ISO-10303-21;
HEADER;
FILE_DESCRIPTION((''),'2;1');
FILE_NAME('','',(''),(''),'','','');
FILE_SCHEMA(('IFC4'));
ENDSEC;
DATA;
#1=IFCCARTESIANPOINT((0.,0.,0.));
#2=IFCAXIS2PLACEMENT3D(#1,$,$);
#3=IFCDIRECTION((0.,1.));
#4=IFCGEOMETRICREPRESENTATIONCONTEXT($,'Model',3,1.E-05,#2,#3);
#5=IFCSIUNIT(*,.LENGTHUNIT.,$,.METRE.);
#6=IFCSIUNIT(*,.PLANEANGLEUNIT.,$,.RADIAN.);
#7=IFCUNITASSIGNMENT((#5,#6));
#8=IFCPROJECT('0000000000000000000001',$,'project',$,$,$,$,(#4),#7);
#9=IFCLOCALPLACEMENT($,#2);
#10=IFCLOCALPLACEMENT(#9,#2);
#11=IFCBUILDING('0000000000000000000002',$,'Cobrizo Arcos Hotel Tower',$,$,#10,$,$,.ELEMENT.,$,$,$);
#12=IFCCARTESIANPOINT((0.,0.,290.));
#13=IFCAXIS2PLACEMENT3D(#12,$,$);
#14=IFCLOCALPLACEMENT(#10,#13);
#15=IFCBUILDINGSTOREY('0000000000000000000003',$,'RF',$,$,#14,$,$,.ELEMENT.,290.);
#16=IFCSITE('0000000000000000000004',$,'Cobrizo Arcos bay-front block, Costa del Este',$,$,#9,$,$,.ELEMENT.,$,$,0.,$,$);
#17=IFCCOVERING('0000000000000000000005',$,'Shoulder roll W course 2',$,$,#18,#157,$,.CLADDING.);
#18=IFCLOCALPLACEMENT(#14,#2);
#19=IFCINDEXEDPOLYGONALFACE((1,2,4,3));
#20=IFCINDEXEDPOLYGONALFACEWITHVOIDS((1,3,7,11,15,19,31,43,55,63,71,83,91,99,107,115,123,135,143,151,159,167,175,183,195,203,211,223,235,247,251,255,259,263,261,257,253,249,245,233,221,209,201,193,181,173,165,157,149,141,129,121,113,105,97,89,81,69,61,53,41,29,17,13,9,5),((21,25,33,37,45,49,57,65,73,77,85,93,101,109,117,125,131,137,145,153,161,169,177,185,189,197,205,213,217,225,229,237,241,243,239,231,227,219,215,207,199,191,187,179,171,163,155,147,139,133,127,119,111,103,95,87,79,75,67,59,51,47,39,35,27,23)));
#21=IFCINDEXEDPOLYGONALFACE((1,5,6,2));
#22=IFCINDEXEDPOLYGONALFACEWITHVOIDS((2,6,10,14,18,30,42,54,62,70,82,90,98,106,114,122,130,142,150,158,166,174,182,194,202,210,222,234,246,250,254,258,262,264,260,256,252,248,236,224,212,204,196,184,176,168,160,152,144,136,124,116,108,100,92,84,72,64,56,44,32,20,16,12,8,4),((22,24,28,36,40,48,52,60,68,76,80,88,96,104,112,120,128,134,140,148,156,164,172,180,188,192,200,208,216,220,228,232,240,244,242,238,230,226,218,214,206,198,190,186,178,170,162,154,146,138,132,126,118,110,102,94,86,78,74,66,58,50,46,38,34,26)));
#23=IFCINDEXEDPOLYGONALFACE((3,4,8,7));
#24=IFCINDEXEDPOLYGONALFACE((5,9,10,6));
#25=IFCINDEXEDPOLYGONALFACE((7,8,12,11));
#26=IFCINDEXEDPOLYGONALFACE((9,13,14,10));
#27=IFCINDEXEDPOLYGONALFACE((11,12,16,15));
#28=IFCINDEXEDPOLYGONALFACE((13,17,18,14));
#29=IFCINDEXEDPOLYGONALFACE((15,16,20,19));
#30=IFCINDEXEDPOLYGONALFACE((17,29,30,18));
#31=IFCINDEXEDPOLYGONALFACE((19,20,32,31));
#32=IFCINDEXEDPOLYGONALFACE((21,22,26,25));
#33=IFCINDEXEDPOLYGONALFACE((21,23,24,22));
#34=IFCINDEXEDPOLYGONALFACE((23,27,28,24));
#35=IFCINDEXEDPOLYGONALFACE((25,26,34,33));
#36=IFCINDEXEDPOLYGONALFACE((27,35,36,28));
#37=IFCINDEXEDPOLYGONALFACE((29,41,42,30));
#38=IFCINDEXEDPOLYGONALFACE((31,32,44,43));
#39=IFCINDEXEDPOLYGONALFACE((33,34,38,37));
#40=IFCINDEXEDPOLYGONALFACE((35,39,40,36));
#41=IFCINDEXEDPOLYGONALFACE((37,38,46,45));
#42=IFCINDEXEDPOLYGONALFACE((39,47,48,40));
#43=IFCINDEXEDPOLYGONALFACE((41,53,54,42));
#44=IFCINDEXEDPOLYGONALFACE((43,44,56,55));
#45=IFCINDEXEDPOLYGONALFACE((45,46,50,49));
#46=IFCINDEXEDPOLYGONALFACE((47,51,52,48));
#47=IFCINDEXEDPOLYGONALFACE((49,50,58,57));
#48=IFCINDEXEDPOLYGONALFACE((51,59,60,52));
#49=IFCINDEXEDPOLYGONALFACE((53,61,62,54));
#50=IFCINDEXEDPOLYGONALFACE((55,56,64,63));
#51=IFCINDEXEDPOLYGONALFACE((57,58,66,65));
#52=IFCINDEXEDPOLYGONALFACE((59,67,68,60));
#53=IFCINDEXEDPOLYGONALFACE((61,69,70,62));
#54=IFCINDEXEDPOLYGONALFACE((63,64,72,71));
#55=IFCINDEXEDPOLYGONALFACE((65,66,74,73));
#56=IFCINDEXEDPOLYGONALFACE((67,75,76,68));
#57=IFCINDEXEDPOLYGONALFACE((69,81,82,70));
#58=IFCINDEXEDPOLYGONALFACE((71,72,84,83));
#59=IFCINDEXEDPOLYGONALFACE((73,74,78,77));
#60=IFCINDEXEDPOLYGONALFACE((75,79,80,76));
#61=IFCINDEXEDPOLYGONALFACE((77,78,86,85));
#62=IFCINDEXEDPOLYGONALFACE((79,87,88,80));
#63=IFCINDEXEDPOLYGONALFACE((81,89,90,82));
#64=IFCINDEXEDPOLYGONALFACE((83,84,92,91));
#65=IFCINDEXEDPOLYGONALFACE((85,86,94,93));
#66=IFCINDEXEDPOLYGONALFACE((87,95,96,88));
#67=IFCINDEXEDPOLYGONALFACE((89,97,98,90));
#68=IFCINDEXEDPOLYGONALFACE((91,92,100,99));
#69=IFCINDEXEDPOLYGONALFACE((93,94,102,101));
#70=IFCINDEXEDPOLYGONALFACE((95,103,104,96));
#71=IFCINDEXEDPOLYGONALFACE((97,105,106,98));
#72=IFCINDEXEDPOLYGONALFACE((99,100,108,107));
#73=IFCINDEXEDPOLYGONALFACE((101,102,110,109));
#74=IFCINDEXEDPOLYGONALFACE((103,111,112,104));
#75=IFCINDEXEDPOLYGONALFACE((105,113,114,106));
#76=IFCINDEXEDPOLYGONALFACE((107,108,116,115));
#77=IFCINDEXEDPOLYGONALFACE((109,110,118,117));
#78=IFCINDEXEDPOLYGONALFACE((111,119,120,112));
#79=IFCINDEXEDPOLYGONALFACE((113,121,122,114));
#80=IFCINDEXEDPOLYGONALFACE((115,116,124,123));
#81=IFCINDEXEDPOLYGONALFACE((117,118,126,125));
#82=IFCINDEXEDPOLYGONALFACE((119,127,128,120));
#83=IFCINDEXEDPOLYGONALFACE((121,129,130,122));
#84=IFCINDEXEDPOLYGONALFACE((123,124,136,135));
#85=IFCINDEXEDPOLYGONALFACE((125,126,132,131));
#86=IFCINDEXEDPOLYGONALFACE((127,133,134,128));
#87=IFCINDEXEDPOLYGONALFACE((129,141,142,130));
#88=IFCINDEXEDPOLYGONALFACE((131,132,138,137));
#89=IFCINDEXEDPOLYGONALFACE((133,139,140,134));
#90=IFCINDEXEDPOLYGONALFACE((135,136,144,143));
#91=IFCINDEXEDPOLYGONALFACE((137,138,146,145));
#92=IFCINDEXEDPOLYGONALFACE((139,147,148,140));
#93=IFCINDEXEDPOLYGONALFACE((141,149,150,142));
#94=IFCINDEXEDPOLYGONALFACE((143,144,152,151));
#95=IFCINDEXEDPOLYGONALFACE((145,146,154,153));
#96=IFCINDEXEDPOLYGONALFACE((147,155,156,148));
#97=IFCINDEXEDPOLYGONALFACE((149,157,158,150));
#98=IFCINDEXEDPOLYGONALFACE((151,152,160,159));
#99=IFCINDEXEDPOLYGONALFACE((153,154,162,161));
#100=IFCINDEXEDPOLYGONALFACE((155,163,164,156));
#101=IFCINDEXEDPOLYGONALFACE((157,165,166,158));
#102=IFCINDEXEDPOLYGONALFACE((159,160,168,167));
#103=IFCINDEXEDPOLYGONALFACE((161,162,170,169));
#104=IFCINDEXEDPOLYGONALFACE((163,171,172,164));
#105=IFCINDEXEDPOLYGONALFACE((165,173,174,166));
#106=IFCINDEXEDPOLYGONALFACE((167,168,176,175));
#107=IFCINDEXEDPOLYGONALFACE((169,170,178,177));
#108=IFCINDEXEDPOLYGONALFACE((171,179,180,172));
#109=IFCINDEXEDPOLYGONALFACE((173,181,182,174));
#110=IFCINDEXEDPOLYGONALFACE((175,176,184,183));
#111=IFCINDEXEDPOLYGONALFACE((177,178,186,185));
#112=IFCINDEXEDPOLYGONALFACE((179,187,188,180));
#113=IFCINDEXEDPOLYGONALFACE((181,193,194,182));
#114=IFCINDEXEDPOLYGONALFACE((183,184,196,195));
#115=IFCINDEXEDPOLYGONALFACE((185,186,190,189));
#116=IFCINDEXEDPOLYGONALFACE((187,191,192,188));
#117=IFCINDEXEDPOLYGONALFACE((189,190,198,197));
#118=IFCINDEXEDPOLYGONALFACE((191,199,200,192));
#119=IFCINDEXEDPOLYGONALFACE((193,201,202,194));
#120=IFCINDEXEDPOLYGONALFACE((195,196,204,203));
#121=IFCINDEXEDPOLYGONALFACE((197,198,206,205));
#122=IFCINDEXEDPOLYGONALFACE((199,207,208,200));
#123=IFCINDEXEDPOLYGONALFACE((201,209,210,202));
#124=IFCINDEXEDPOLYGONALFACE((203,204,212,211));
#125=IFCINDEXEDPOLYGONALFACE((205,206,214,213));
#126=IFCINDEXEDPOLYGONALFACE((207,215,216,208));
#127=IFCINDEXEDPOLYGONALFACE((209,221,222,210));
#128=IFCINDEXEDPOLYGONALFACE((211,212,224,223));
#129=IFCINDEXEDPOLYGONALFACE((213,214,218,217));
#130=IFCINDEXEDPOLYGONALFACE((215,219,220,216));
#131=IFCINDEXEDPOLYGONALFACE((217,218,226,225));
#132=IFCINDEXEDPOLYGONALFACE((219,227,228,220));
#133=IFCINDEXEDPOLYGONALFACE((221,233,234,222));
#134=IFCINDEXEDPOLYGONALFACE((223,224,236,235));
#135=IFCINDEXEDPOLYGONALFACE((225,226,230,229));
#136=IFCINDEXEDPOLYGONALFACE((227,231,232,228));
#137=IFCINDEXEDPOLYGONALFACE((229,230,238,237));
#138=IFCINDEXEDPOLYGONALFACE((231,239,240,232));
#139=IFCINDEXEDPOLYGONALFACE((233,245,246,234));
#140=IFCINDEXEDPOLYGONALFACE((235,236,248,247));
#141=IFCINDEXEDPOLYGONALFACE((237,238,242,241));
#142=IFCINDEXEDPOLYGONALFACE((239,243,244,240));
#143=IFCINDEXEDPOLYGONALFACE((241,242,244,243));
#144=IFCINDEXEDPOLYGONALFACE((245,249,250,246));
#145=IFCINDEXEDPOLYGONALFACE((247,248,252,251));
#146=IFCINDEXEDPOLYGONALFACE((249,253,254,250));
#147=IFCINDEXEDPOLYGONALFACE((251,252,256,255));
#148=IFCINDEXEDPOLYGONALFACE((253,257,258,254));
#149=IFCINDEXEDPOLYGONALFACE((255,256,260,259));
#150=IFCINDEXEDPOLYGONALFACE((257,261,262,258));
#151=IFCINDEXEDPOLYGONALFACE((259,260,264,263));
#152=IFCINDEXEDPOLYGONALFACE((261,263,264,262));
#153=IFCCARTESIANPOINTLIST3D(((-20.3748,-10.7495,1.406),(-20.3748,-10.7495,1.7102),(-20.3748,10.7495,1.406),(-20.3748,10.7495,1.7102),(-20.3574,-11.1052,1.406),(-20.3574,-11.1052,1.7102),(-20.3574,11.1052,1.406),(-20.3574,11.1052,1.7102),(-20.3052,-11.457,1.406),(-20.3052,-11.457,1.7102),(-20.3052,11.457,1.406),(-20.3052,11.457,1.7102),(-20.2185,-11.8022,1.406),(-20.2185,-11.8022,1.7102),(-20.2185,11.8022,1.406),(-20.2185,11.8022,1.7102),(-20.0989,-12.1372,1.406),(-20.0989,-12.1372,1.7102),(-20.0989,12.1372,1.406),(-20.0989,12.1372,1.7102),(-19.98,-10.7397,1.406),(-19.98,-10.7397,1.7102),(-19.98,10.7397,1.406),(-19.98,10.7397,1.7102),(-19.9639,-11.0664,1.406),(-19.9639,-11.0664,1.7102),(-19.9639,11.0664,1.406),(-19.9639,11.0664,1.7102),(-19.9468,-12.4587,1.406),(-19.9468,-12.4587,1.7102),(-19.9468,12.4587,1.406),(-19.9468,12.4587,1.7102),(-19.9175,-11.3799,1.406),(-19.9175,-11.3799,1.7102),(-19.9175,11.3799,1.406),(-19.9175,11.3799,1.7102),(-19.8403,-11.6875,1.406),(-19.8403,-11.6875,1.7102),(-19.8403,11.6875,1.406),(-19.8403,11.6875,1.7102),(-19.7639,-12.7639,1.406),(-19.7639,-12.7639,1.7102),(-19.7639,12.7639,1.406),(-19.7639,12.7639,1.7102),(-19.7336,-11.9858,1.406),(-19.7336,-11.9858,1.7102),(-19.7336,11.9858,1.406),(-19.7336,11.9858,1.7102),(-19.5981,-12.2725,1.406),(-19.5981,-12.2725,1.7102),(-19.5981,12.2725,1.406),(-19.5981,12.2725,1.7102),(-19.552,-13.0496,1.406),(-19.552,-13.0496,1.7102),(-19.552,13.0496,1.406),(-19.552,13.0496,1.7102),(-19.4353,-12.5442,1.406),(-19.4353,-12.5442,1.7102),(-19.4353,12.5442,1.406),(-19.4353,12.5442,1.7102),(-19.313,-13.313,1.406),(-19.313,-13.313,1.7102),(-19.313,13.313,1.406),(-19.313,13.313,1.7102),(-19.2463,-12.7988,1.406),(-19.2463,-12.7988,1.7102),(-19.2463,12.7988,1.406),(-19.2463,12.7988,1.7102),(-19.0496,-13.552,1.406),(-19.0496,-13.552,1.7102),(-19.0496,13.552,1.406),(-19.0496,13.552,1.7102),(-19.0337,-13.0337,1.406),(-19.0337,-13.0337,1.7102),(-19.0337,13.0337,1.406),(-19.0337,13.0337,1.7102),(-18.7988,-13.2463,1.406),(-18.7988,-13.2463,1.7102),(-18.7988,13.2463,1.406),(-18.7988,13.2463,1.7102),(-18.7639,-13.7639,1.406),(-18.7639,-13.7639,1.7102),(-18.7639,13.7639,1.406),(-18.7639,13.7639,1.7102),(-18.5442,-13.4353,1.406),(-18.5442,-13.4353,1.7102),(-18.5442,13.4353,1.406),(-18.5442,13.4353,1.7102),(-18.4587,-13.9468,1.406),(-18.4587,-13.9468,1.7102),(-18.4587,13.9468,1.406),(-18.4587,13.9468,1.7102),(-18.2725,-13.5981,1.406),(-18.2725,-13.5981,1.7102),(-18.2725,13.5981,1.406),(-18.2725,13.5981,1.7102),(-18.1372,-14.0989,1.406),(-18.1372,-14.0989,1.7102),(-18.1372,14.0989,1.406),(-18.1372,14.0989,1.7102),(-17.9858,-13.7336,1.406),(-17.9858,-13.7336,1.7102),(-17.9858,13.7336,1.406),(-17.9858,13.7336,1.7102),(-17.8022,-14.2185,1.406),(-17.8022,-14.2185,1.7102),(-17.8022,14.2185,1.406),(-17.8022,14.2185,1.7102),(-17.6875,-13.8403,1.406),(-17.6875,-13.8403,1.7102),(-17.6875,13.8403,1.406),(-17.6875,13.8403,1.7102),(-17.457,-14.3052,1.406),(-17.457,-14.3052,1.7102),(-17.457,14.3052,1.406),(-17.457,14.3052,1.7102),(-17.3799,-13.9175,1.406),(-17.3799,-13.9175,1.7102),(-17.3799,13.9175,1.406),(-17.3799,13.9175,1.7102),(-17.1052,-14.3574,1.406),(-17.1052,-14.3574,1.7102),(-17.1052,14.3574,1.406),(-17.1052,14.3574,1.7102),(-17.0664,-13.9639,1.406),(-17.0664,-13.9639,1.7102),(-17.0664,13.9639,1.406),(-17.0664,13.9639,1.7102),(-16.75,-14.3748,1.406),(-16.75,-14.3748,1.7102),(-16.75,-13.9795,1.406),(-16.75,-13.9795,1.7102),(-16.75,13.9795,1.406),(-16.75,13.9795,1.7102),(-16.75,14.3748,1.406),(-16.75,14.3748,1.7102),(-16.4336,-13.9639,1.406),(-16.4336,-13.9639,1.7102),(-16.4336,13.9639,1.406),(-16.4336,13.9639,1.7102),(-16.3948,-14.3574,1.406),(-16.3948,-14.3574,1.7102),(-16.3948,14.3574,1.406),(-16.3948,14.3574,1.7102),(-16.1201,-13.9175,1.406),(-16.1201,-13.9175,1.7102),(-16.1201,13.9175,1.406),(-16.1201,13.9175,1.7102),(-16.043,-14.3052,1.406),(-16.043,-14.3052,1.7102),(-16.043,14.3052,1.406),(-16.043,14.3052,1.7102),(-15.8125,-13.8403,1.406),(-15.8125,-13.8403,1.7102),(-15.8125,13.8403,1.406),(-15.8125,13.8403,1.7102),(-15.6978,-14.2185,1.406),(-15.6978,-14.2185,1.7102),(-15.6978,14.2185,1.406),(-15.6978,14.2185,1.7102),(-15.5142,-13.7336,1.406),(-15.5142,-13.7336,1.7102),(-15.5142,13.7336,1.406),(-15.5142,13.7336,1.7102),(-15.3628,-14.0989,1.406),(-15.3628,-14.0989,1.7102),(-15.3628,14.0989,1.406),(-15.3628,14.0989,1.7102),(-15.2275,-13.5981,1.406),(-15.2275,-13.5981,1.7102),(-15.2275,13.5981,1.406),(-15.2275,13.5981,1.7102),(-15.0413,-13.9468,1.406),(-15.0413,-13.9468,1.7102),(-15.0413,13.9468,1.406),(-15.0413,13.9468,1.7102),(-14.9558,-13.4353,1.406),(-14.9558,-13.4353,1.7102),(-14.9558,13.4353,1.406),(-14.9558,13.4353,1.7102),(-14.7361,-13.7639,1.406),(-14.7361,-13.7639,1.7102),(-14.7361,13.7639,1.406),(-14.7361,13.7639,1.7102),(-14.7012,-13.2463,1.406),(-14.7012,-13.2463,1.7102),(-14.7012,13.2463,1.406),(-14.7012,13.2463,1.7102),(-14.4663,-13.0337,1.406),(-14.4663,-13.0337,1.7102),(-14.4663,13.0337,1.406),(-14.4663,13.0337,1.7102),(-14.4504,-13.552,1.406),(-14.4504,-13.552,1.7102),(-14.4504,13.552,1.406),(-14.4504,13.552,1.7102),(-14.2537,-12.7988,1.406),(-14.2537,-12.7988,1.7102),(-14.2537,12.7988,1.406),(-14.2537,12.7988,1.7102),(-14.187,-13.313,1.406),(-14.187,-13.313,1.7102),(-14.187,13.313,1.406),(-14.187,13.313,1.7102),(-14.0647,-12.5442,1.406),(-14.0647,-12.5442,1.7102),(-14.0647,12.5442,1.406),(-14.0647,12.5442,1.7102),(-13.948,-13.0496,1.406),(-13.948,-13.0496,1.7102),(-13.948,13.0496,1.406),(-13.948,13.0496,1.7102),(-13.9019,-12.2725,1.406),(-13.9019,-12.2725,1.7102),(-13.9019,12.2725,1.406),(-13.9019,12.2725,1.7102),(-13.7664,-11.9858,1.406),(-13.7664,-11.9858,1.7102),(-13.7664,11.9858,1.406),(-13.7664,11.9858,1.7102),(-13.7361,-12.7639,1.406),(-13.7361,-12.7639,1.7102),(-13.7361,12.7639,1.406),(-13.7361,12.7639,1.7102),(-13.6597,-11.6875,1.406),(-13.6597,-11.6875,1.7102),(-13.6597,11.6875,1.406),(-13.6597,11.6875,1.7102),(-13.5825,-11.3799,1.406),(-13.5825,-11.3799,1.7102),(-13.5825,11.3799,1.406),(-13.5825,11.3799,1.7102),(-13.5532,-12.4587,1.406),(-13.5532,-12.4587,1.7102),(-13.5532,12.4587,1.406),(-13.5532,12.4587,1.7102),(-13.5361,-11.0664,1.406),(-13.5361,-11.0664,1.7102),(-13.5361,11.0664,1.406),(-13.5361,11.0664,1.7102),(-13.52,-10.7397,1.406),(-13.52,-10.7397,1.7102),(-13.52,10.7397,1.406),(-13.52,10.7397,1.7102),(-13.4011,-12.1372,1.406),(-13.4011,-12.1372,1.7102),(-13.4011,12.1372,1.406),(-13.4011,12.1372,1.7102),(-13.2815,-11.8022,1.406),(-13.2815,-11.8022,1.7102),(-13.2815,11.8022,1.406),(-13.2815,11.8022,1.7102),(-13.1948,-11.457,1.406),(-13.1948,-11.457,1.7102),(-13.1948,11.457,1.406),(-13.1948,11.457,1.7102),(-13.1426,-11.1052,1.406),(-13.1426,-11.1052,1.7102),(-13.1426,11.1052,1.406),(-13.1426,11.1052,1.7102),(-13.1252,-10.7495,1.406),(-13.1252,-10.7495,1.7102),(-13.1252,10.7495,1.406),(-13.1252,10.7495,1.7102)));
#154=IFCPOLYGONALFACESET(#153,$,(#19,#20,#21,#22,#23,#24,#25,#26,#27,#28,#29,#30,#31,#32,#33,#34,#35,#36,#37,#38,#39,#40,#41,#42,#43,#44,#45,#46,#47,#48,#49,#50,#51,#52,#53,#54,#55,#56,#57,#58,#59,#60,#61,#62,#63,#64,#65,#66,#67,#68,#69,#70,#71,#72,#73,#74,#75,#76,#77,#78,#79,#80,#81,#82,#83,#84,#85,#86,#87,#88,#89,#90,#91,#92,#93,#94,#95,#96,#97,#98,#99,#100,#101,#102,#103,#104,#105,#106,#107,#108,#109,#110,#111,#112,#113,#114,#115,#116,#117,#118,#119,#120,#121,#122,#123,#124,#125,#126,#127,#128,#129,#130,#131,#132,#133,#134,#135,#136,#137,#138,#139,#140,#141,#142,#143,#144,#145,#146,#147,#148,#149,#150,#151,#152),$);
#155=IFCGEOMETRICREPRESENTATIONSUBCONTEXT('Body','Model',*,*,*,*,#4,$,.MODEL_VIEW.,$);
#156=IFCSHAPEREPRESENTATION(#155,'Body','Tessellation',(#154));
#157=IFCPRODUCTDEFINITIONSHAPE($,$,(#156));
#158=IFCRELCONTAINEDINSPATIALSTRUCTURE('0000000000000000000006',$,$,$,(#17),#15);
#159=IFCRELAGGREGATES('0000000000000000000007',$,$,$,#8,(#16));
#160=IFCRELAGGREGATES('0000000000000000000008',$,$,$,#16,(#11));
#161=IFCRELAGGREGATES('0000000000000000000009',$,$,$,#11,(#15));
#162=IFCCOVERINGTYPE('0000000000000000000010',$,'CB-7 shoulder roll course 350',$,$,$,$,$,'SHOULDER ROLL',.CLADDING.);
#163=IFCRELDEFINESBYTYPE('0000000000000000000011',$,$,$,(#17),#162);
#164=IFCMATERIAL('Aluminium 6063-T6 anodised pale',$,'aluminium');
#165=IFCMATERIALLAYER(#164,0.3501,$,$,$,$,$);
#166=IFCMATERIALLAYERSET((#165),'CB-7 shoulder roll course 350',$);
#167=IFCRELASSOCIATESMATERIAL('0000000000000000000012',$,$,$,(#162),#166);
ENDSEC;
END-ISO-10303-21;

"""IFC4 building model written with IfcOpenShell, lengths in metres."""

from ifc_helpers import new_model, si_unit, direction, frame, origin, place, context, subcontext, project, spatial, polyline, outline, extrude, material, layer, layer_set, type_object, element, save


model = new_model("IFC4")

# Units and contexts
model_context = context("Model", 3, precision=1e-05, world=origin(), true_north=direction((0.0, 1.0)))
body_context = subcontext(model_context, "Body", "Model", "MODEL_VIEW")
ifc_project = project(units=[si_unit("LENGTHUNIT", "METRE"), si_unit("PLANEANGLEUNIT", "RADIAN")], contexts=[model_context])

# Site, building, storey
site_placement = place(None, origin())
site = spatial("IfcSite", under=ifc_project, at=site_placement, Name="Cobrizo Arcos bay-front block, Costa del Este", CompositionType="ELEMENT", RefElevation=0.0)
building_placement = place(site_placement, origin())
building = spatial("IfcBuilding", under=site, at=building_placement, Name="Cobrizo Arcos Hotel Tower", CompositionType="ELEMENT")
storey_placement = place(building_placement, frame((0.0, 0.0, 290.0)))
storey = spatial("IfcBuildingStorey", under=building, at=storey_placement, Name="RF", CompositionType="ELEMENT", Elevation=290.0)

# Covering
ifc_material_1 = material(Name="Aluminium 6063-T6 anodised pale", Category="aluminium")
ifc_layer_1 = layer(ifc_material_1, 0.3501)
ifc_layer_set_1 = layer_set([ifc_layer_1], Name="CB-7 shoulder roll course 350")
covering_type_1 = type_object("IfcCoveringType", Name="CB-7 shoulder roll course 350", ElementType="SHOULDER ROLL", PredefinedType="CLADDING", material=ifc_layer_set_1)
covering_1_placement = place(storey_placement, frame((0.0, 0.0, 1.406)))
element("IfcCovering", 1, at=covering_1_placement, inside=storey, type_object=covering_type_1, Name="Shoulder roll W course 2", PredefinedType="CLADDING", context=body_context, shape_type="SweptSolid", body=[
    extrude(outline(polyline([(-20.3748, 10.7495), (-20.3574, 11.1052), (-20.3052, 11.457), (-20.2185, 11.8022), (-20.0989, 12.1372), (-19.9468, 12.4587), (-19.7639, 12.7639), (-19.552, 13.0496), (-19.313, 13.313), (-19.0496, 13.552), (-18.7639, 13.7639), (-18.4587, 13.9468), (-18.1372, 14.0989), (-17.8022, 14.2185), (-17.457, 14.3052), (-17.1052, 14.3574), (-16.75, 14.3748), (-16.3948, 14.3574), (-16.043, 14.3052), (-15.6978, 14.2185), (-15.3628, 14.0989), (-15.0413, 13.9468), (-14.7361, 13.7639), (-14.4504, 13.552), (-14.187, 13.313), (-13.948, 13.0496), (-13.7361, 12.7639), (-13.5532, 12.4587), (-13.4011, 12.1372), (-13.2815, 11.8022), (-13.1948, 11.457), (-13.1426, 11.1052), (-13.1252, 10.7495), (-13.1252, -10.7495), (-13.1426, -11.1052), (-13.1948, -11.457), (-13.2815, -11.8022), (-13.4011, -12.1372), (-13.5532, -12.4587), (-13.7361, -12.7639), (-13.948, -13.0496), (-14.187, -13.313), (-14.4504, -13.552), (-14.7361, -13.7639), (-15.0413, -13.9468), (-15.3628, -14.0989), (-15.6978, -14.2185), (-16.043, -14.3052), (-16.3948, -14.3574), (-16.75, -14.3748), (-17.1052, -14.3574), (-17.457, -14.3052), (-17.8022, -14.2185), (-18.1372, -14.0989), (-18.4587, -13.9468), (-18.7639, -13.7639), (-19.0496, -13.552), (-19.313, -13.313), (-19.552, -13.0496), (-19.7639, -12.7639), (-19.9468, -12.4587), (-20.0989, -12.1372), (-20.2185, -11.8022), (-20.3052, -11.457), (-20.3574, -11.1052), (-20.3748, -10.7495), (-20.3748, 10.7495)]), holes=[polyline([(-19.98, 10.7397), (-19.9639, 11.0664), (-19.9175, 11.3799), (-19.8403, 11.6875), (-19.7336, 11.9858), (-19.5981, 12.2725), (-19.4353, 12.5442), (-19.2463, 12.7988), (-19.0337, 13.0337), (-18.7988, 13.2463), (-18.5442, 13.4353), (-18.2725, 13.5981), (-17.9858, 13.7336), (-17.6875, 13.8403), (-17.3799, 13.9175), (-17.0664, 13.9639), (-16.75, 13.9795), (-16.4336, 13.9639), (-16.1201, 13.9175), (-15.8125, 13.8403), (-15.5142, 13.7336), (-15.2275, 13.5981), (-14.9558, 13.4353), (-14.7012, 13.2463), (-14.4663, 13.0337), (-14.2537, 12.7988), (-14.0647, 12.5442), (-13.9019, 12.2725), (-13.7664, 11.9858), (-13.6597, 11.6875), (-13.5825, 11.3799), (-13.5361, 11.0664), (-13.52, 10.7397), (-13.52, -10.7397), (-13.5361, -11.0664), (-13.5825, -11.3799), (-13.6597, -11.6875), (-13.7664, -11.9858), (-13.9019, -12.2725), (-14.0647, -12.5442), (-14.2537, -12.7988), (-14.4663, -13.0337), (-14.7012, -13.2463), (-14.9558, -13.4353), (-15.2275, -13.5981), (-15.5142, -13.7336), (-15.8125, -13.8403), (-16.1201, -13.9175), (-16.4336, -13.9639), (-16.75, -13.9795), (-17.0664, -13.9639), (-17.3799, -13.9175), (-17.6875, -13.8403), (-17.9858, -13.7336), (-18.2725, -13.5981), (-18.5442, -13.4353), (-18.7988, -13.2463), (-19.0337, -13.0337), (-19.2463, -12.7988), (-19.4353, -12.5442), (-19.5981, -12.2725), (-19.7336, -11.9858), (-19.8403, -11.6875), (-19.9175, -11.3799), (-19.9639, -11.0664), (-19.98, -10.7397), (-19.98, 10.7397)])]), origin(), (0.0, 0.0, 1.0), 0.3042),
])

save(model, "model.ifc")
